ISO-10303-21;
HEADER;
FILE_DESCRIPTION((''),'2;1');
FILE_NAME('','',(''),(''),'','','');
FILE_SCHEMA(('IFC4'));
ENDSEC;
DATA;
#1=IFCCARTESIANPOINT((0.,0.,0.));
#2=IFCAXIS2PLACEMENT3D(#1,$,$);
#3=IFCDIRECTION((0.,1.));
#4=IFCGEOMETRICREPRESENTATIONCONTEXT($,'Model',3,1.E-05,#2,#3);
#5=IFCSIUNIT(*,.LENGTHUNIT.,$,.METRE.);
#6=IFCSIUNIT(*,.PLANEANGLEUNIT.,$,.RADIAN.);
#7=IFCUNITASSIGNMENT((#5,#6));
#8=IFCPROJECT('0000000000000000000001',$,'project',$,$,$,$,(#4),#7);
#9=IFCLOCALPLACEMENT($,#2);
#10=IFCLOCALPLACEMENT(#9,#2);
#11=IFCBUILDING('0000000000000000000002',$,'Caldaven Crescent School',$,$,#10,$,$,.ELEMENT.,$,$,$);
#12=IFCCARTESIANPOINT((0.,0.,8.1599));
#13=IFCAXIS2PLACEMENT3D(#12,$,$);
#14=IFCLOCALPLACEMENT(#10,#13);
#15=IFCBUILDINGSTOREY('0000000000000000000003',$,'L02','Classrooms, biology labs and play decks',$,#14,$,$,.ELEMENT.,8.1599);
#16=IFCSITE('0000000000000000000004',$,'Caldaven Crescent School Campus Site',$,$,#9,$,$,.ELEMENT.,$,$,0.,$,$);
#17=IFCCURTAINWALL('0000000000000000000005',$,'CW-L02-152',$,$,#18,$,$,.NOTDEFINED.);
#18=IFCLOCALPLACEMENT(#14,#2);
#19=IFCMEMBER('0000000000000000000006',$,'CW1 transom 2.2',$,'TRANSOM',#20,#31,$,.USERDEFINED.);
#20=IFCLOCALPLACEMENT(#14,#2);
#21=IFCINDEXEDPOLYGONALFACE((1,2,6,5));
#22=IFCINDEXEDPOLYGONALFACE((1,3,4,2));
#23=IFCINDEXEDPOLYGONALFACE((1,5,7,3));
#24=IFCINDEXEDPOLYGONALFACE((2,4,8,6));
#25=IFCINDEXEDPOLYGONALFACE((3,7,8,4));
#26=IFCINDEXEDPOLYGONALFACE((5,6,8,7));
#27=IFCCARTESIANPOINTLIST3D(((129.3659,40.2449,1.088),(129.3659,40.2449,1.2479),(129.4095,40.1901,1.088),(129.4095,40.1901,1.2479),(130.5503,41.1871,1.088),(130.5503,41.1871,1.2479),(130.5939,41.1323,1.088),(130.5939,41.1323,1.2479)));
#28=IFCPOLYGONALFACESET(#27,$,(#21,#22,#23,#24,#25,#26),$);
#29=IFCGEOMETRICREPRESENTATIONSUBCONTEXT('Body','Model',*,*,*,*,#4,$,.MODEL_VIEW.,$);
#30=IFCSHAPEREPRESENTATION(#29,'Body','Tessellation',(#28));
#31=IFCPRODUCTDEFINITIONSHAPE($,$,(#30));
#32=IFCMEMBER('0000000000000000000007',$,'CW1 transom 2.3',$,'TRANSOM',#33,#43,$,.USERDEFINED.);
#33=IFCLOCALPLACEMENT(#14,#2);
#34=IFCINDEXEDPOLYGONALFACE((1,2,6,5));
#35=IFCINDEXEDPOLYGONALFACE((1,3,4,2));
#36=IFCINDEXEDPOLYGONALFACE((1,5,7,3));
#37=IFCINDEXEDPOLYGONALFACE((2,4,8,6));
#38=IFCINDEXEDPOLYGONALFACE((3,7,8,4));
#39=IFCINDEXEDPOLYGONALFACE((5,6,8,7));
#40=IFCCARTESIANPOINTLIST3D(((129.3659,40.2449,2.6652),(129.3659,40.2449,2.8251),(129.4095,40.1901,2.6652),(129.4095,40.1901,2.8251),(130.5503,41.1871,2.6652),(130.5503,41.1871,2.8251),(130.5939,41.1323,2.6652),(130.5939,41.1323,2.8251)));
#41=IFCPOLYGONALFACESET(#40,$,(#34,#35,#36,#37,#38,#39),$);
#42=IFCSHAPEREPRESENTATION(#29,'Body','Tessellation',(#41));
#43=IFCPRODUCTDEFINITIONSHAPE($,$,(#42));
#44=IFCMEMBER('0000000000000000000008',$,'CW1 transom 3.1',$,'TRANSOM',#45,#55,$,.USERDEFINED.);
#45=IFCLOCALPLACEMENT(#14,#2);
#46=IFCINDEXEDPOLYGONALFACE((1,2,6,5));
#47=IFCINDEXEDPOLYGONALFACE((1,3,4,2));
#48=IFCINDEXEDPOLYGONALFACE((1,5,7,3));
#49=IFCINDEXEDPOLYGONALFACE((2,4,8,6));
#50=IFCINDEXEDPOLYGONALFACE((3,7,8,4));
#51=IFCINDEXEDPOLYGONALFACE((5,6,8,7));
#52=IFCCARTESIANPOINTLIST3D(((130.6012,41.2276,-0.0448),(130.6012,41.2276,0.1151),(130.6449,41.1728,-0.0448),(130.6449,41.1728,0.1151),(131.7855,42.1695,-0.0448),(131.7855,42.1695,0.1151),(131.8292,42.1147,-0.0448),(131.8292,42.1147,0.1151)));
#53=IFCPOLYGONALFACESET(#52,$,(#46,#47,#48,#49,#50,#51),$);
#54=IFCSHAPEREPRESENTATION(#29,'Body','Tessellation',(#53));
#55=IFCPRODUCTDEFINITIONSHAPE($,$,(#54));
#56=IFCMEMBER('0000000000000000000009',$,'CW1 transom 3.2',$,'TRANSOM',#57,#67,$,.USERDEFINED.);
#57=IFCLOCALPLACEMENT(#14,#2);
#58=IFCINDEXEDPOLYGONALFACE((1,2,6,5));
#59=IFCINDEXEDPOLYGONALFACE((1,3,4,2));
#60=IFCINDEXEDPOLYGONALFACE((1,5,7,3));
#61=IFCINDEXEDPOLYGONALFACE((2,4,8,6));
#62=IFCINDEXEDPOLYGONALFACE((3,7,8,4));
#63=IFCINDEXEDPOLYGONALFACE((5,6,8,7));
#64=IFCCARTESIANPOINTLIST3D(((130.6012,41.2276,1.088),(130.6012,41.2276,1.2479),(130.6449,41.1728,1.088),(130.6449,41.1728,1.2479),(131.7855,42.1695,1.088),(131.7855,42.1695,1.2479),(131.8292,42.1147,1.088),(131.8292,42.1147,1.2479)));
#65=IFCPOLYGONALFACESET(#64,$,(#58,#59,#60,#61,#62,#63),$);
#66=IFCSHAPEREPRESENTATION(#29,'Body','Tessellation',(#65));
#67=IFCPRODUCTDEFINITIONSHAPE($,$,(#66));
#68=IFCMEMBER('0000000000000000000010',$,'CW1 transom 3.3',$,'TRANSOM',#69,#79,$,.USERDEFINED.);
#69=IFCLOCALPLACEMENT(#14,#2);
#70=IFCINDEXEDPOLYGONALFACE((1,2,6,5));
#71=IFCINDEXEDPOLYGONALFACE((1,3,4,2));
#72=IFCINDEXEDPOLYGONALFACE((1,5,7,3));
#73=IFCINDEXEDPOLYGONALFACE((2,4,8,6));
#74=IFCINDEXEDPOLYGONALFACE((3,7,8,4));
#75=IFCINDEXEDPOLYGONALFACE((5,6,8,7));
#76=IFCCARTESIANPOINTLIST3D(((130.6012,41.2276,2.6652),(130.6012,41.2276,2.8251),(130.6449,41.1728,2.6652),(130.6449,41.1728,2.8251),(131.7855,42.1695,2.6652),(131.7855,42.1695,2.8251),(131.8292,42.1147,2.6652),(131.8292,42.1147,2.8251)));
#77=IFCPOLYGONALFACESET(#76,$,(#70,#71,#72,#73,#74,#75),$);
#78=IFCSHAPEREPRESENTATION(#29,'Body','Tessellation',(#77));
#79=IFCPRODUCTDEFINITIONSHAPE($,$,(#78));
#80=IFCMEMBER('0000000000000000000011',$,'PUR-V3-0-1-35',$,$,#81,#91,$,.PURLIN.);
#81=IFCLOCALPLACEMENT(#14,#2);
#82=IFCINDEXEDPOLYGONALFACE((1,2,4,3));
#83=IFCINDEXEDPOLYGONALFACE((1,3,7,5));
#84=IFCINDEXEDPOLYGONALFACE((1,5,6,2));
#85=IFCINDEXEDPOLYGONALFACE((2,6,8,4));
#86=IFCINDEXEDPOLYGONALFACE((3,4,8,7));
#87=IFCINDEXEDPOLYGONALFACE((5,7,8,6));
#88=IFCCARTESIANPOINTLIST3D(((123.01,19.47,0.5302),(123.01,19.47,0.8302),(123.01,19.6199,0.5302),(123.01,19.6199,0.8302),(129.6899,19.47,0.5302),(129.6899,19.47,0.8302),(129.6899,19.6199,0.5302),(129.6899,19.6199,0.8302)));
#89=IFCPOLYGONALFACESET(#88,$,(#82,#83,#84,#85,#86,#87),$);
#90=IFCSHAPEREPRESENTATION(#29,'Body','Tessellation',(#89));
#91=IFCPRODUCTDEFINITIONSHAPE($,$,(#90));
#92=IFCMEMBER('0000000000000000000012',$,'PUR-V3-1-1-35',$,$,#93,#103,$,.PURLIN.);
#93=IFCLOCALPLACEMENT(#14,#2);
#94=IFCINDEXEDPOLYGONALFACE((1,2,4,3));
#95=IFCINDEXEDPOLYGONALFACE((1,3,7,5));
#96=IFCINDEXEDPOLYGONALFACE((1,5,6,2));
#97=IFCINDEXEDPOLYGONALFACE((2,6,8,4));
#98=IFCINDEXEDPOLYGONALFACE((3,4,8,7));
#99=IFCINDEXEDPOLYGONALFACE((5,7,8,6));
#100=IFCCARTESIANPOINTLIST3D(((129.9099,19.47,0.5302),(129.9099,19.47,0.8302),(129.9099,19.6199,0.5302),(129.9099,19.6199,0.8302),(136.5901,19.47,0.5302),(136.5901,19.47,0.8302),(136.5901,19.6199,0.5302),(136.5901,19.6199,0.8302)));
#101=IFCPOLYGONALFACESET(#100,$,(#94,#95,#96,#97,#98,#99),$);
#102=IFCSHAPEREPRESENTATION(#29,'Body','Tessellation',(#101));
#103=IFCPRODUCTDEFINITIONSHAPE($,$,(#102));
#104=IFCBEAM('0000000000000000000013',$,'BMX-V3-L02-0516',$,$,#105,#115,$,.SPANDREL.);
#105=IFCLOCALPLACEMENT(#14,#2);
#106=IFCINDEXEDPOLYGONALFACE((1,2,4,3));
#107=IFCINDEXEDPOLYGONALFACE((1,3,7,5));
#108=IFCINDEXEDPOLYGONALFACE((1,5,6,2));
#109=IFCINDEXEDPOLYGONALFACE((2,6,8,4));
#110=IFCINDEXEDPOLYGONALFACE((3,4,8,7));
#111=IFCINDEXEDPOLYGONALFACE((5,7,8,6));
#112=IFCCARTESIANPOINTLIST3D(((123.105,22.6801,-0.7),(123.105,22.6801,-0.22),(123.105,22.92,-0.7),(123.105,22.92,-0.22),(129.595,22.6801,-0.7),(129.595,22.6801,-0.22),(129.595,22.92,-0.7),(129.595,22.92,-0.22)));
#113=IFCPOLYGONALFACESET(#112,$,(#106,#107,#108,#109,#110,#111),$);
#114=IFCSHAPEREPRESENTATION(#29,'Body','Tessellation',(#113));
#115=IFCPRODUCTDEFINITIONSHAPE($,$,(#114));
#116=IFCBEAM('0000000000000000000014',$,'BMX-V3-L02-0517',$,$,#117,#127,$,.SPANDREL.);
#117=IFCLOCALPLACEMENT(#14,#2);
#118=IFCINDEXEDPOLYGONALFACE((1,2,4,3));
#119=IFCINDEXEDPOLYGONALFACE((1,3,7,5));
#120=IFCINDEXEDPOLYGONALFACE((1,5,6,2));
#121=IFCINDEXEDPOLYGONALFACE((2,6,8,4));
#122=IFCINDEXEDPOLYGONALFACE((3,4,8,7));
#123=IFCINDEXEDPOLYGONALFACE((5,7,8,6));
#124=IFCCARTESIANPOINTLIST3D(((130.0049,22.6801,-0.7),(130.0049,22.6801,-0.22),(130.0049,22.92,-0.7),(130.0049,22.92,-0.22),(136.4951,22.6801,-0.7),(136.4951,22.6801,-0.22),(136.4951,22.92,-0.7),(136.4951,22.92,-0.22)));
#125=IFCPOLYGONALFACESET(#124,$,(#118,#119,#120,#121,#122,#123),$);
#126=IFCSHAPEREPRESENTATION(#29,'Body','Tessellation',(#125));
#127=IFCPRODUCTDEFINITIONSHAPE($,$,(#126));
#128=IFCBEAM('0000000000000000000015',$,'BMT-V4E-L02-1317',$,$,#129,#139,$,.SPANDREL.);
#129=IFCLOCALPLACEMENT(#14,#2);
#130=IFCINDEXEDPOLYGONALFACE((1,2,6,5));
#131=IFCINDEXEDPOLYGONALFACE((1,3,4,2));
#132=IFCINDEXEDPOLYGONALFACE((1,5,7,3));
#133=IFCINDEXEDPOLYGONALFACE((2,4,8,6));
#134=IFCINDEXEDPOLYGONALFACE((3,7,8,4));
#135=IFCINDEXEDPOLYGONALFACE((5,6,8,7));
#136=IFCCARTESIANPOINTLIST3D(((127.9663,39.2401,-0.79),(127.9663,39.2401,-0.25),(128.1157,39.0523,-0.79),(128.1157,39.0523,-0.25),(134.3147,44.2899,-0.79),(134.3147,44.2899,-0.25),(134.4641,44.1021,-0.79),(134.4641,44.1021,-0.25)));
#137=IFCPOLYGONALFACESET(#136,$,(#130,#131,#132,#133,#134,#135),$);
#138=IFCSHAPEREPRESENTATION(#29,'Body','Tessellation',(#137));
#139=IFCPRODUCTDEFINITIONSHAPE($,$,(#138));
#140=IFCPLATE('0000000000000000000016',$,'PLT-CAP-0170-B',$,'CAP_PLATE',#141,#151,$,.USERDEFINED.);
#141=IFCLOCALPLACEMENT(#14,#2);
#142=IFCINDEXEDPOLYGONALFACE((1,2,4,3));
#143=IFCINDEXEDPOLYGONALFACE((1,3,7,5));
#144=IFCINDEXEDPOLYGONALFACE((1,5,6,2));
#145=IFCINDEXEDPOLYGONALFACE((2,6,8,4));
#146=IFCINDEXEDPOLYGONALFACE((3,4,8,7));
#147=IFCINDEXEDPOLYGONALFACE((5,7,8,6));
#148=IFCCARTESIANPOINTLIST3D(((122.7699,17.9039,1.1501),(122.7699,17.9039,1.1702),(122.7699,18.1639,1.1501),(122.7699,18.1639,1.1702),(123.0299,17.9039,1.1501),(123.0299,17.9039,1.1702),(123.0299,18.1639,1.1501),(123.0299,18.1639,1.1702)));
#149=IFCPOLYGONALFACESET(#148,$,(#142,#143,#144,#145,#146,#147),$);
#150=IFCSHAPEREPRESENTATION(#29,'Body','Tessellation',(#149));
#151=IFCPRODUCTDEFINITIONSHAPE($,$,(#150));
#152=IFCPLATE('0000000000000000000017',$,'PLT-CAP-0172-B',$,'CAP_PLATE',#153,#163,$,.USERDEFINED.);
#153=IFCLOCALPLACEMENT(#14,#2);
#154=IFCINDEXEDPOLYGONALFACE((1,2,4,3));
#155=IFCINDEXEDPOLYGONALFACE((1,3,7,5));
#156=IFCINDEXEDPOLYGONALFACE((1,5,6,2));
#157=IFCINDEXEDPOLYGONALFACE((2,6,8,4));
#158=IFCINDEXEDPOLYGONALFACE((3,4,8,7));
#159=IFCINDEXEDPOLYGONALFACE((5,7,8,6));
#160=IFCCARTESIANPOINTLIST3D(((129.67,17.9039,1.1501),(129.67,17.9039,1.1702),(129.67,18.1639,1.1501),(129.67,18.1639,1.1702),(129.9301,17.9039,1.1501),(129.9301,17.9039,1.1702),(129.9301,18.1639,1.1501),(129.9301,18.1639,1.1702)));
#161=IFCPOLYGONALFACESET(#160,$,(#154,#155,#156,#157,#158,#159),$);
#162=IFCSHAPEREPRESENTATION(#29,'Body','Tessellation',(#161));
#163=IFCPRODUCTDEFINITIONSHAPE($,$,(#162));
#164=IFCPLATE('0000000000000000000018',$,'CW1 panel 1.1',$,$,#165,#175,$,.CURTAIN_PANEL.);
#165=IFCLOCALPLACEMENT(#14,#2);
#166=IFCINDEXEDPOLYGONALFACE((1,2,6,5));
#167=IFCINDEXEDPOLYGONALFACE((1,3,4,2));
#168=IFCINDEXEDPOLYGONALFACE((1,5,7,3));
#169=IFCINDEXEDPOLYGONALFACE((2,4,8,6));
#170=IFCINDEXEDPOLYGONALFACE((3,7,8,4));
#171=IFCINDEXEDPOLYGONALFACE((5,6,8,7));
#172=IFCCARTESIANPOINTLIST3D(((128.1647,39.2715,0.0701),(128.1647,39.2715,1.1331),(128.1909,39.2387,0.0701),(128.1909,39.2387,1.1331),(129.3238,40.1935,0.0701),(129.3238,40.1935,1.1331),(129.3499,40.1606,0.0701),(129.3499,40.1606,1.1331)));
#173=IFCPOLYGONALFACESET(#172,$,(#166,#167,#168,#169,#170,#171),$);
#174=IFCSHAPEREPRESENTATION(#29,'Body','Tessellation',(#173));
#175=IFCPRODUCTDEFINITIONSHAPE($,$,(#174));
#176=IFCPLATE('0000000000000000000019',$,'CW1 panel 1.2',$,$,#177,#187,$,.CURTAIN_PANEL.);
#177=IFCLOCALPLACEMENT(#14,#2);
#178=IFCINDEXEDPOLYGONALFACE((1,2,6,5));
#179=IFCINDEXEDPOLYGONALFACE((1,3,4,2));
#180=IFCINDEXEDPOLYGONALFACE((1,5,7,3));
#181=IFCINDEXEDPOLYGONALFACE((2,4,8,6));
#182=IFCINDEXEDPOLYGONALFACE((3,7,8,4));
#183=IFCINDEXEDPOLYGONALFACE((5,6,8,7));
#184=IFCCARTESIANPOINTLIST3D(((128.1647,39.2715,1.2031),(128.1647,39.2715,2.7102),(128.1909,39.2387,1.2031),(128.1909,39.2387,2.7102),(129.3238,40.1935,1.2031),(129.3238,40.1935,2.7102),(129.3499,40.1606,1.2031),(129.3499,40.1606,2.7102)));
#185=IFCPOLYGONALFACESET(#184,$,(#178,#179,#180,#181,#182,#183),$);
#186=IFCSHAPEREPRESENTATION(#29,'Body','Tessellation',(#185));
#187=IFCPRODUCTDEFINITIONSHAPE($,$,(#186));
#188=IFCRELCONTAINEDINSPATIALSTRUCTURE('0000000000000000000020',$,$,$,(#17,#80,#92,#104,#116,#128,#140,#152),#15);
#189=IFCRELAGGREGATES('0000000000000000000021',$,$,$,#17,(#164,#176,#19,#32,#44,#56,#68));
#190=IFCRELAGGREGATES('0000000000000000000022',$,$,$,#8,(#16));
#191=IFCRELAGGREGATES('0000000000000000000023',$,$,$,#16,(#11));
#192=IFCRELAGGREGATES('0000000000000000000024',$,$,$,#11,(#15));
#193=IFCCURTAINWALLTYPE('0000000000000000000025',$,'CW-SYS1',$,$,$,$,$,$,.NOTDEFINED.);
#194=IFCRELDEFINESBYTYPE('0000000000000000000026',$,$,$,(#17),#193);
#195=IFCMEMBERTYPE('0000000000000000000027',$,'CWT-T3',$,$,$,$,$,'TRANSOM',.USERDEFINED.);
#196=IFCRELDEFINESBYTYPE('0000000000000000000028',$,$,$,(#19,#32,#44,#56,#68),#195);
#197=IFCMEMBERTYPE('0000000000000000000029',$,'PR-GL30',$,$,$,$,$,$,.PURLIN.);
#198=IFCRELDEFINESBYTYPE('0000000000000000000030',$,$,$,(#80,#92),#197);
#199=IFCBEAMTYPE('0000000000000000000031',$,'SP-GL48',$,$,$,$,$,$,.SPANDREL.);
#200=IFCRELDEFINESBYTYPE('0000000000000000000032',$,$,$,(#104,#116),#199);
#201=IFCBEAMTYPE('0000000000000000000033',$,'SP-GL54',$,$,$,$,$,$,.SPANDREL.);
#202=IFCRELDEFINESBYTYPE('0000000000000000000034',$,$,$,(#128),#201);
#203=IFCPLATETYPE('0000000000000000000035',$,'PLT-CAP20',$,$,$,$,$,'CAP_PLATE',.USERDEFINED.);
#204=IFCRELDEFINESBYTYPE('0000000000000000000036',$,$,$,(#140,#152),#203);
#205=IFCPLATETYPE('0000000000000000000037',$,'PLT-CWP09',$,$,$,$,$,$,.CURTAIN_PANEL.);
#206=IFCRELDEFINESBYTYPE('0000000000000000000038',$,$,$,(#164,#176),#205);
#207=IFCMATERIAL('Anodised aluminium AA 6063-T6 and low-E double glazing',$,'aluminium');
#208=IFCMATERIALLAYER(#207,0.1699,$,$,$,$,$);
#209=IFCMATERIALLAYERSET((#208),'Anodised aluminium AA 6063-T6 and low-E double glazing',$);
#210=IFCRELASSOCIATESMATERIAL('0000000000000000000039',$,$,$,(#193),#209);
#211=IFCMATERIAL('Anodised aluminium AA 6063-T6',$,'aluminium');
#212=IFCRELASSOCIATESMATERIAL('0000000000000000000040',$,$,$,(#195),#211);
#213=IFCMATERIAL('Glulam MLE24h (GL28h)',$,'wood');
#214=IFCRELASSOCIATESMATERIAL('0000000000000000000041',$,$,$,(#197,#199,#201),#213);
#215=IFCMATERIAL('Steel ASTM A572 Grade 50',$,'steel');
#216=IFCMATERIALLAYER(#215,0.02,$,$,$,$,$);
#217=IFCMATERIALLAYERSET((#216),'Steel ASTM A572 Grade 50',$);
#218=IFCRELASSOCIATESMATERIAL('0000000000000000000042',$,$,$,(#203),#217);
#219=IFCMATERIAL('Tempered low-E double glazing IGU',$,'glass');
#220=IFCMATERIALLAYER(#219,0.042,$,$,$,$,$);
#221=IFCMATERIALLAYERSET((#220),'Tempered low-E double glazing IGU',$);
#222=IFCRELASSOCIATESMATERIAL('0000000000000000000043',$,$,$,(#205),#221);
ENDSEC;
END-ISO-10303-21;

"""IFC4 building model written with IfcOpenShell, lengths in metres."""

from ifc_helpers import new_model, si_unit, direction, frame, origin, origin_2d, place, context, subcontext, project, spatial, rectangle, extrude, material, layer, layer_set, material_profile, profile_set, type_object, element, aggregate, save


model = new_model("IFC4")

# Units and contexts
model_context = context("Model", 3, precision=1e-05, world=origin(), true_north=direction((0.0, 1.0)))
body_context = subcontext(model_context, "Body", "Model", "MODEL_VIEW")
ifc_project = project(units=[si_unit("LENGTHUNIT", "METRE"), si_unit("PLANEANGLEUNIT", "RADIAN")], contexts=[model_context])

# Site, building, storey
site_placement = place(None, origin())
site = spatial("IfcSite", under=ifc_project, at=site_placement, Name="Caldaven Crescent School Campus Site", CompositionType="ELEMENT", RefElevation=0.0)
building_placement = place(site_placement, origin())
building = spatial("IfcBuilding", under=site, at=building_placement, Name="Caldaven Crescent School", CompositionType="ELEMENT")
storey_placement = place(building_placement, frame((0.0, 0.0, 8.1599)))
storey = spatial("IfcBuildingStorey", under=building, at=storey_placement, Name="L02", Description="Classrooms, biology labs and play decks", CompositionType="ELEMENT", Elevation=8.1599)

# Shared definitions
ifc_material_1 = material(Name="Glulam MLE24h (GL28h)", Category="wood")

# Curtain wall, members
ifc_material_2 = material(Name="Anodised aluminium AA 6063-T6 and low-E double glazing", Category="aluminium")
ifc_layer_1 = layer(ifc_material_2, 0.1699)
ifc_layer_set_1 = layer_set([ifc_layer_1], Name="Anodised aluminium AA 6063-T6 and low-E double glazing")
curtain_wall_type = type_object("IfcCurtainWallType", Name="CW-SYS1", PredefinedType="NOTDEFINED", material=ifc_layer_set_1)
curtain_wall_placement = place(storey_placement, origin())
curtain_wall = element("IfcCurtainWall", 1, at=curtain_wall_placement, inside=storey, type_object=curtain_wall_type, Name="CW-L02-152", PredefinedType="NOTDEFINED")
ifc_material_3 = material(Name="Anodised aluminium AA 6063-T6", Category="aluminium")
ifc_material_profile_1 = material_profile(ifc_material_3, rectangle(XDim=0.0701, YDim=0.1599, at=origin_2d()), Name="CWT 70x160")
ifc_profile_set_1 = profile_set([ifc_material_profile_1], Name="Anodised aluminium AA 6063-T6")
member_type_1 = type_object("IfcMemberType", Name="CWT-T3", ElementType="TRANSOM", PredefinedType="USERDEFINED", material=ifc_profile_set_1)
member_1_placement = place(storey_placement, frame((129.3877, 40.2175, 1.168), z_axis=(0.782581, 0.622548, 0.0), x_axis=(-0.622548, 0.782581, 0.0)))
member_1 = element("IfcMember", 2, at=member_1_placement, type_object=member_type_1, Name="CW1 transom 2.2", ObjectType="TRANSOM", PredefinedType="USERDEFINED", context=body_context, shape_type="SweptSolid", body=[
    extrude(rectangle(XDim=0.0701, YDim=0.1599, at=origin_2d()), origin(), (0.0, 0.0, 1.0), 1.5134),
])
member_2_placement = place(storey_placement, frame((129.3877, 40.2175, 2.7451), z_axis=(0.782581, 0.622548, 0.0), x_axis=(-0.622548, 0.782581, 0.0)))
member_2 = element("IfcMember", 3, at=member_2_placement, type_object=member_type_1, Name="CW1 transom 2.3", ObjectType="TRANSOM", PredefinedType="USERDEFINED", context=body_context, shape_type="SweptSolid", body=[
    extrude(rectangle(XDim=0.0701, YDim=0.1599, at=origin_2d()), origin(), (0.0, 0.0, 1.0), 1.5134),
])
member_3_placement = place(storey_placement, frame((130.623, 41.2002, 0.0352), z_axis=(0.78266, 0.622449, 0.0), x_axis=(-0.622449, 0.78266, 0.0)))
member_3 = element("IfcMember", 4, at=member_3_placement, type_object=member_type_1, Name="CW1 transom 3.1", ObjectType="TRANSOM", PredefinedType="USERDEFINED", context=body_context, shape_type="SweptSolid", body=[
    extrude(rectangle(XDim=0.0701, YDim=0.1599, at=origin_2d()), origin(), (0.0, 0.0, 1.0), 1.5132),
])
member_4_placement = place(storey_placement, frame((130.623, 41.2002, 1.168), z_axis=(0.78266, 0.622449, 0.0), x_axis=(-0.622449, 0.78266, 0.0)))
member_4 = element("IfcMember", 5, at=member_4_placement, type_object=member_type_1, Name="CW1 transom 3.2", ObjectType="TRANSOM", PredefinedType="USERDEFINED", context=body_context, shape_type="SweptSolid", body=[
    extrude(rectangle(XDim=0.0701, YDim=0.1599, at=origin_2d()), origin(), (0.0, 0.0, 1.0), 1.5132),
])
member_5_placement = place(storey_placement, frame((130.623, 41.2002, 2.7451), z_axis=(0.78266, 0.622449, 0.0), x_axis=(-0.622449, 0.78266, 0.0)))
member_5 = element("IfcMember", 6, at=member_5_placement, type_object=member_type_1, Name="CW1 transom 3.3", ObjectType="TRANSOM", PredefinedType="USERDEFINED", context=body_context, shape_type="SweptSolid", body=[
    extrude(rectangle(XDim=0.0701, YDim=0.1599, at=origin_2d()), origin(), (0.0, 0.0, 1.0), 1.5132),
])

# Members
ifc_material_profile_2 = material_profile(ifc_material_1, rectangle(XDim=0.1499, YDim=0.3, at=origin_2d()), Name="MLE 150x300")
ifc_profile_set_2 = profile_set([ifc_material_profile_2], Name="Glulam MLE24h (GL28h)")
member_type_2 = type_object("IfcMemberType", Name="PR-GL30", PredefinedType="PURLIN", material=ifc_profile_set_2)
member_6_placement = place(storey_placement, frame((123.01, 19.5449, 0.6802), z_axis=(1.0, 0.0, 0.0), x_axis=(0.0, 1.0, 0.0)))
element("IfcMember", 7, at=member_6_placement, inside=storey, type_object=member_type_2, Name="PUR-V3-0-1-35", PredefinedType="PURLIN", context=body_context, shape_type="SweptSolid", body=[
    extrude(rectangle(XDim=0.1499, YDim=0.3, at=origin_2d()), origin(), (0.0, 0.0, 1.0), 6.6799),
])
member_7_placement = place(storey_placement, frame((129.9099, 19.5449, 0.6802), z_axis=(1.0, 0.0, 0.0), x_axis=(0.0, 1.0, 0.0)))
element("IfcMember", 8, at=member_7_placement, inside=storey, type_object=member_type_2, Name="PUR-V3-1-1-35", PredefinedType="PURLIN", context=body_context, shape_type="SweptSolid", body=[
    extrude(rectangle(XDim=0.1499, YDim=0.3, at=origin_2d()), origin(), (0.0, 0.0, 1.0), 6.6802),
])

# Beams
ifc_material_profile_3 = material_profile(ifc_material_1, rectangle(XDim=0.24, YDim=0.48, at=origin_2d()), Name="MLE 240x480")
ifc_profile_set_3 = profile_set([ifc_material_profile_3], Name="Glulam MLE24h (GL28h)")
beam_type_1 = type_object("IfcBeamType", Name="SP-GL48", PredefinedType="SPANDREL", material=ifc_profile_set_3)
beam_1_placement = place(storey_placement, frame((123.105, 22.8, -0.46), z_axis=(1.0, 0.0, 0.0), x_axis=(0.0, 1.0, 0.0)))
element("IfcBeam", 9, at=beam_1_placement, inside=storey, type_object=beam_type_1, Name="BMX-V3-L02-0516", PredefinedType="SPANDREL", context=body_context, shape_type="SweptSolid", body=[
    extrude(rectangle(XDim=0.24, YDim=0.48, at=origin_2d()), origin(), (0.0, 0.0, 1.0), 6.49),
])
beam_2_placement = place(storey_placement, frame((130.0049, 22.8, -0.46), z_axis=(1.0, 0.0, 0.0), x_axis=(0.0, 1.0, 0.0)))
element("IfcBeam", 10, at=beam_2_placement, inside=storey, type_object=beam_type_1, Name="BMX-V3-L02-0517", PredefinedType="SPANDREL", context=body_context, shape_type="SweptSolid", body=[
    extrude(rectangle(XDim=0.24, YDim=0.48, at=origin_2d()), origin(), (0.0, 0.0, 1.0), 6.4902),
])
ifc_material_profile_4 = material_profile(ifc_material_1, rectangle(XDim=0.24, YDim=0.54, at=origin_2d()), Name="MLE 240x540")
ifc_profile_set_4 = profile_set([ifc_material_profile_4], Name="Glulam MLE24h (GL28h)")
beam_type_2 = type_object("IfcBeamType", Name="SP-GL54", PredefinedType="SPANDREL", material=ifc_profile_set_4)
beam_3_placement = place(storey_placement, frame((128.041, 39.1462, -0.52), z_axis=(0.782604, 0.62252, 0.0), x_axis=(-0.62252, 0.782604, 0.0)))
element("IfcBeam", 11, at=beam_3_placement, inside=storey, type_object=beam_type_2, Name="BMT-V4E-L02-1317", PredefinedType="SPANDREL", context=body_context, shape_type="SweptSolid", body=[
    extrude(rectangle(XDim=0.24, YDim=0.54, at=origin_2d()), origin(), (0.0, 0.0, 1.0), 8.1118),
])

# Plates
ifc_material_4 = material(Name="Steel ASTM A572 Grade 50", Category="steel")
ifc_layer_2 = layer(ifc_material_4, 0.02)
ifc_layer_set_2 = layer_set([ifc_layer_2], Name="Steel ASTM A572 Grade 50")
plate_type_1 = type_object("IfcPlateType", Name="PLT-CAP20", ElementType="CAP_PLATE", PredefinedType="USERDEFINED", material=ifc_layer_set_2)
for number, where, z_axis, x_axis, name in (
    (12, (122.8999, 18.0339, 1.1501), (0.0, 0.0, 1.0), (0.0, 1.0, 0.0), "PLT-CAP-0170-B"),
    (13, (129.8, 18.0339, 1.1501), (0.0, 0.0, 1.0), (0.0, 1.0, 0.0), "PLT-CAP-0172-B"),
):
    element("IfcPlate", number, at=place(storey_placement, frame(where, z_axis=z_axis, x_axis=x_axis)), inside=storey, type_object=plate_type_1, Name=name, ObjectType="CAP_PLATE", PredefinedType="USERDEFINED", context=body_context, shape_type="SweptSolid", body=[
        extrude(rectangle(XDim=0.26, YDim=0.26, at=origin_2d()), origin(), (0.0, 0.0, 1.0), 0.02),
    ])

# Plates
ifc_material_5 = material(Name="Tempered low-E double glazing IGU", Category="glass")
ifc_layer_3 = layer(ifc_material_5, 0.042)
ifc_layer_set_3 = layer_set([ifc_layer_3], Name="Tempered low-E double glazing IGU")
plate_type_2 = type_object("IfcPlateType", Name="PLT-CWP09", PredefinedType="CURTAIN_PANEL", material=ifc_layer_set_3)
plate_1_placement = place(storey_placement, frame((128.7573, 39.7161, 0.0701), z_axis=(0.0, 0.0, 1.0), x_axis=(0.782608, 0.622514, 0.0)))
plate_1 = element("IfcPlate", 14, at=plate_1_placement, type_object=plate_type_2, Name="CW1 panel 1.1", PredefinedType="CURTAIN_PANEL", context=body_context, shape_type="SweptSolid", body=[
    extrude(rectangle(XDim=1.481, YDim=0.042, at=origin_2d()), origin(), (0.0, 0.0, 1.0), 1.063),
])
plate_2_placement = place(storey_placement, frame((128.7573, 39.7161, 1.2031), z_axis=(0.0, 0.0, 1.0), x_axis=(0.782608, 0.622514, 0.0)))
plate_2 = element("IfcPlate", 15, at=plate_2_placement, type_object=plate_type_2, Name="CW1 panel 1.2", PredefinedType="CURTAIN_PANEL", context=body_context, shape_type="SweptSolid", body=[
    extrude(rectangle(XDim=1.481, YDim=0.042, at=origin_2d()), origin(), (0.0, 0.0, 1.0), 1.5071),
])
aggregate(curtain_wall, [plate_1, plate_2, member_1, member_2, member_3, member_4, member_5])

save(model, "model.ifc")
